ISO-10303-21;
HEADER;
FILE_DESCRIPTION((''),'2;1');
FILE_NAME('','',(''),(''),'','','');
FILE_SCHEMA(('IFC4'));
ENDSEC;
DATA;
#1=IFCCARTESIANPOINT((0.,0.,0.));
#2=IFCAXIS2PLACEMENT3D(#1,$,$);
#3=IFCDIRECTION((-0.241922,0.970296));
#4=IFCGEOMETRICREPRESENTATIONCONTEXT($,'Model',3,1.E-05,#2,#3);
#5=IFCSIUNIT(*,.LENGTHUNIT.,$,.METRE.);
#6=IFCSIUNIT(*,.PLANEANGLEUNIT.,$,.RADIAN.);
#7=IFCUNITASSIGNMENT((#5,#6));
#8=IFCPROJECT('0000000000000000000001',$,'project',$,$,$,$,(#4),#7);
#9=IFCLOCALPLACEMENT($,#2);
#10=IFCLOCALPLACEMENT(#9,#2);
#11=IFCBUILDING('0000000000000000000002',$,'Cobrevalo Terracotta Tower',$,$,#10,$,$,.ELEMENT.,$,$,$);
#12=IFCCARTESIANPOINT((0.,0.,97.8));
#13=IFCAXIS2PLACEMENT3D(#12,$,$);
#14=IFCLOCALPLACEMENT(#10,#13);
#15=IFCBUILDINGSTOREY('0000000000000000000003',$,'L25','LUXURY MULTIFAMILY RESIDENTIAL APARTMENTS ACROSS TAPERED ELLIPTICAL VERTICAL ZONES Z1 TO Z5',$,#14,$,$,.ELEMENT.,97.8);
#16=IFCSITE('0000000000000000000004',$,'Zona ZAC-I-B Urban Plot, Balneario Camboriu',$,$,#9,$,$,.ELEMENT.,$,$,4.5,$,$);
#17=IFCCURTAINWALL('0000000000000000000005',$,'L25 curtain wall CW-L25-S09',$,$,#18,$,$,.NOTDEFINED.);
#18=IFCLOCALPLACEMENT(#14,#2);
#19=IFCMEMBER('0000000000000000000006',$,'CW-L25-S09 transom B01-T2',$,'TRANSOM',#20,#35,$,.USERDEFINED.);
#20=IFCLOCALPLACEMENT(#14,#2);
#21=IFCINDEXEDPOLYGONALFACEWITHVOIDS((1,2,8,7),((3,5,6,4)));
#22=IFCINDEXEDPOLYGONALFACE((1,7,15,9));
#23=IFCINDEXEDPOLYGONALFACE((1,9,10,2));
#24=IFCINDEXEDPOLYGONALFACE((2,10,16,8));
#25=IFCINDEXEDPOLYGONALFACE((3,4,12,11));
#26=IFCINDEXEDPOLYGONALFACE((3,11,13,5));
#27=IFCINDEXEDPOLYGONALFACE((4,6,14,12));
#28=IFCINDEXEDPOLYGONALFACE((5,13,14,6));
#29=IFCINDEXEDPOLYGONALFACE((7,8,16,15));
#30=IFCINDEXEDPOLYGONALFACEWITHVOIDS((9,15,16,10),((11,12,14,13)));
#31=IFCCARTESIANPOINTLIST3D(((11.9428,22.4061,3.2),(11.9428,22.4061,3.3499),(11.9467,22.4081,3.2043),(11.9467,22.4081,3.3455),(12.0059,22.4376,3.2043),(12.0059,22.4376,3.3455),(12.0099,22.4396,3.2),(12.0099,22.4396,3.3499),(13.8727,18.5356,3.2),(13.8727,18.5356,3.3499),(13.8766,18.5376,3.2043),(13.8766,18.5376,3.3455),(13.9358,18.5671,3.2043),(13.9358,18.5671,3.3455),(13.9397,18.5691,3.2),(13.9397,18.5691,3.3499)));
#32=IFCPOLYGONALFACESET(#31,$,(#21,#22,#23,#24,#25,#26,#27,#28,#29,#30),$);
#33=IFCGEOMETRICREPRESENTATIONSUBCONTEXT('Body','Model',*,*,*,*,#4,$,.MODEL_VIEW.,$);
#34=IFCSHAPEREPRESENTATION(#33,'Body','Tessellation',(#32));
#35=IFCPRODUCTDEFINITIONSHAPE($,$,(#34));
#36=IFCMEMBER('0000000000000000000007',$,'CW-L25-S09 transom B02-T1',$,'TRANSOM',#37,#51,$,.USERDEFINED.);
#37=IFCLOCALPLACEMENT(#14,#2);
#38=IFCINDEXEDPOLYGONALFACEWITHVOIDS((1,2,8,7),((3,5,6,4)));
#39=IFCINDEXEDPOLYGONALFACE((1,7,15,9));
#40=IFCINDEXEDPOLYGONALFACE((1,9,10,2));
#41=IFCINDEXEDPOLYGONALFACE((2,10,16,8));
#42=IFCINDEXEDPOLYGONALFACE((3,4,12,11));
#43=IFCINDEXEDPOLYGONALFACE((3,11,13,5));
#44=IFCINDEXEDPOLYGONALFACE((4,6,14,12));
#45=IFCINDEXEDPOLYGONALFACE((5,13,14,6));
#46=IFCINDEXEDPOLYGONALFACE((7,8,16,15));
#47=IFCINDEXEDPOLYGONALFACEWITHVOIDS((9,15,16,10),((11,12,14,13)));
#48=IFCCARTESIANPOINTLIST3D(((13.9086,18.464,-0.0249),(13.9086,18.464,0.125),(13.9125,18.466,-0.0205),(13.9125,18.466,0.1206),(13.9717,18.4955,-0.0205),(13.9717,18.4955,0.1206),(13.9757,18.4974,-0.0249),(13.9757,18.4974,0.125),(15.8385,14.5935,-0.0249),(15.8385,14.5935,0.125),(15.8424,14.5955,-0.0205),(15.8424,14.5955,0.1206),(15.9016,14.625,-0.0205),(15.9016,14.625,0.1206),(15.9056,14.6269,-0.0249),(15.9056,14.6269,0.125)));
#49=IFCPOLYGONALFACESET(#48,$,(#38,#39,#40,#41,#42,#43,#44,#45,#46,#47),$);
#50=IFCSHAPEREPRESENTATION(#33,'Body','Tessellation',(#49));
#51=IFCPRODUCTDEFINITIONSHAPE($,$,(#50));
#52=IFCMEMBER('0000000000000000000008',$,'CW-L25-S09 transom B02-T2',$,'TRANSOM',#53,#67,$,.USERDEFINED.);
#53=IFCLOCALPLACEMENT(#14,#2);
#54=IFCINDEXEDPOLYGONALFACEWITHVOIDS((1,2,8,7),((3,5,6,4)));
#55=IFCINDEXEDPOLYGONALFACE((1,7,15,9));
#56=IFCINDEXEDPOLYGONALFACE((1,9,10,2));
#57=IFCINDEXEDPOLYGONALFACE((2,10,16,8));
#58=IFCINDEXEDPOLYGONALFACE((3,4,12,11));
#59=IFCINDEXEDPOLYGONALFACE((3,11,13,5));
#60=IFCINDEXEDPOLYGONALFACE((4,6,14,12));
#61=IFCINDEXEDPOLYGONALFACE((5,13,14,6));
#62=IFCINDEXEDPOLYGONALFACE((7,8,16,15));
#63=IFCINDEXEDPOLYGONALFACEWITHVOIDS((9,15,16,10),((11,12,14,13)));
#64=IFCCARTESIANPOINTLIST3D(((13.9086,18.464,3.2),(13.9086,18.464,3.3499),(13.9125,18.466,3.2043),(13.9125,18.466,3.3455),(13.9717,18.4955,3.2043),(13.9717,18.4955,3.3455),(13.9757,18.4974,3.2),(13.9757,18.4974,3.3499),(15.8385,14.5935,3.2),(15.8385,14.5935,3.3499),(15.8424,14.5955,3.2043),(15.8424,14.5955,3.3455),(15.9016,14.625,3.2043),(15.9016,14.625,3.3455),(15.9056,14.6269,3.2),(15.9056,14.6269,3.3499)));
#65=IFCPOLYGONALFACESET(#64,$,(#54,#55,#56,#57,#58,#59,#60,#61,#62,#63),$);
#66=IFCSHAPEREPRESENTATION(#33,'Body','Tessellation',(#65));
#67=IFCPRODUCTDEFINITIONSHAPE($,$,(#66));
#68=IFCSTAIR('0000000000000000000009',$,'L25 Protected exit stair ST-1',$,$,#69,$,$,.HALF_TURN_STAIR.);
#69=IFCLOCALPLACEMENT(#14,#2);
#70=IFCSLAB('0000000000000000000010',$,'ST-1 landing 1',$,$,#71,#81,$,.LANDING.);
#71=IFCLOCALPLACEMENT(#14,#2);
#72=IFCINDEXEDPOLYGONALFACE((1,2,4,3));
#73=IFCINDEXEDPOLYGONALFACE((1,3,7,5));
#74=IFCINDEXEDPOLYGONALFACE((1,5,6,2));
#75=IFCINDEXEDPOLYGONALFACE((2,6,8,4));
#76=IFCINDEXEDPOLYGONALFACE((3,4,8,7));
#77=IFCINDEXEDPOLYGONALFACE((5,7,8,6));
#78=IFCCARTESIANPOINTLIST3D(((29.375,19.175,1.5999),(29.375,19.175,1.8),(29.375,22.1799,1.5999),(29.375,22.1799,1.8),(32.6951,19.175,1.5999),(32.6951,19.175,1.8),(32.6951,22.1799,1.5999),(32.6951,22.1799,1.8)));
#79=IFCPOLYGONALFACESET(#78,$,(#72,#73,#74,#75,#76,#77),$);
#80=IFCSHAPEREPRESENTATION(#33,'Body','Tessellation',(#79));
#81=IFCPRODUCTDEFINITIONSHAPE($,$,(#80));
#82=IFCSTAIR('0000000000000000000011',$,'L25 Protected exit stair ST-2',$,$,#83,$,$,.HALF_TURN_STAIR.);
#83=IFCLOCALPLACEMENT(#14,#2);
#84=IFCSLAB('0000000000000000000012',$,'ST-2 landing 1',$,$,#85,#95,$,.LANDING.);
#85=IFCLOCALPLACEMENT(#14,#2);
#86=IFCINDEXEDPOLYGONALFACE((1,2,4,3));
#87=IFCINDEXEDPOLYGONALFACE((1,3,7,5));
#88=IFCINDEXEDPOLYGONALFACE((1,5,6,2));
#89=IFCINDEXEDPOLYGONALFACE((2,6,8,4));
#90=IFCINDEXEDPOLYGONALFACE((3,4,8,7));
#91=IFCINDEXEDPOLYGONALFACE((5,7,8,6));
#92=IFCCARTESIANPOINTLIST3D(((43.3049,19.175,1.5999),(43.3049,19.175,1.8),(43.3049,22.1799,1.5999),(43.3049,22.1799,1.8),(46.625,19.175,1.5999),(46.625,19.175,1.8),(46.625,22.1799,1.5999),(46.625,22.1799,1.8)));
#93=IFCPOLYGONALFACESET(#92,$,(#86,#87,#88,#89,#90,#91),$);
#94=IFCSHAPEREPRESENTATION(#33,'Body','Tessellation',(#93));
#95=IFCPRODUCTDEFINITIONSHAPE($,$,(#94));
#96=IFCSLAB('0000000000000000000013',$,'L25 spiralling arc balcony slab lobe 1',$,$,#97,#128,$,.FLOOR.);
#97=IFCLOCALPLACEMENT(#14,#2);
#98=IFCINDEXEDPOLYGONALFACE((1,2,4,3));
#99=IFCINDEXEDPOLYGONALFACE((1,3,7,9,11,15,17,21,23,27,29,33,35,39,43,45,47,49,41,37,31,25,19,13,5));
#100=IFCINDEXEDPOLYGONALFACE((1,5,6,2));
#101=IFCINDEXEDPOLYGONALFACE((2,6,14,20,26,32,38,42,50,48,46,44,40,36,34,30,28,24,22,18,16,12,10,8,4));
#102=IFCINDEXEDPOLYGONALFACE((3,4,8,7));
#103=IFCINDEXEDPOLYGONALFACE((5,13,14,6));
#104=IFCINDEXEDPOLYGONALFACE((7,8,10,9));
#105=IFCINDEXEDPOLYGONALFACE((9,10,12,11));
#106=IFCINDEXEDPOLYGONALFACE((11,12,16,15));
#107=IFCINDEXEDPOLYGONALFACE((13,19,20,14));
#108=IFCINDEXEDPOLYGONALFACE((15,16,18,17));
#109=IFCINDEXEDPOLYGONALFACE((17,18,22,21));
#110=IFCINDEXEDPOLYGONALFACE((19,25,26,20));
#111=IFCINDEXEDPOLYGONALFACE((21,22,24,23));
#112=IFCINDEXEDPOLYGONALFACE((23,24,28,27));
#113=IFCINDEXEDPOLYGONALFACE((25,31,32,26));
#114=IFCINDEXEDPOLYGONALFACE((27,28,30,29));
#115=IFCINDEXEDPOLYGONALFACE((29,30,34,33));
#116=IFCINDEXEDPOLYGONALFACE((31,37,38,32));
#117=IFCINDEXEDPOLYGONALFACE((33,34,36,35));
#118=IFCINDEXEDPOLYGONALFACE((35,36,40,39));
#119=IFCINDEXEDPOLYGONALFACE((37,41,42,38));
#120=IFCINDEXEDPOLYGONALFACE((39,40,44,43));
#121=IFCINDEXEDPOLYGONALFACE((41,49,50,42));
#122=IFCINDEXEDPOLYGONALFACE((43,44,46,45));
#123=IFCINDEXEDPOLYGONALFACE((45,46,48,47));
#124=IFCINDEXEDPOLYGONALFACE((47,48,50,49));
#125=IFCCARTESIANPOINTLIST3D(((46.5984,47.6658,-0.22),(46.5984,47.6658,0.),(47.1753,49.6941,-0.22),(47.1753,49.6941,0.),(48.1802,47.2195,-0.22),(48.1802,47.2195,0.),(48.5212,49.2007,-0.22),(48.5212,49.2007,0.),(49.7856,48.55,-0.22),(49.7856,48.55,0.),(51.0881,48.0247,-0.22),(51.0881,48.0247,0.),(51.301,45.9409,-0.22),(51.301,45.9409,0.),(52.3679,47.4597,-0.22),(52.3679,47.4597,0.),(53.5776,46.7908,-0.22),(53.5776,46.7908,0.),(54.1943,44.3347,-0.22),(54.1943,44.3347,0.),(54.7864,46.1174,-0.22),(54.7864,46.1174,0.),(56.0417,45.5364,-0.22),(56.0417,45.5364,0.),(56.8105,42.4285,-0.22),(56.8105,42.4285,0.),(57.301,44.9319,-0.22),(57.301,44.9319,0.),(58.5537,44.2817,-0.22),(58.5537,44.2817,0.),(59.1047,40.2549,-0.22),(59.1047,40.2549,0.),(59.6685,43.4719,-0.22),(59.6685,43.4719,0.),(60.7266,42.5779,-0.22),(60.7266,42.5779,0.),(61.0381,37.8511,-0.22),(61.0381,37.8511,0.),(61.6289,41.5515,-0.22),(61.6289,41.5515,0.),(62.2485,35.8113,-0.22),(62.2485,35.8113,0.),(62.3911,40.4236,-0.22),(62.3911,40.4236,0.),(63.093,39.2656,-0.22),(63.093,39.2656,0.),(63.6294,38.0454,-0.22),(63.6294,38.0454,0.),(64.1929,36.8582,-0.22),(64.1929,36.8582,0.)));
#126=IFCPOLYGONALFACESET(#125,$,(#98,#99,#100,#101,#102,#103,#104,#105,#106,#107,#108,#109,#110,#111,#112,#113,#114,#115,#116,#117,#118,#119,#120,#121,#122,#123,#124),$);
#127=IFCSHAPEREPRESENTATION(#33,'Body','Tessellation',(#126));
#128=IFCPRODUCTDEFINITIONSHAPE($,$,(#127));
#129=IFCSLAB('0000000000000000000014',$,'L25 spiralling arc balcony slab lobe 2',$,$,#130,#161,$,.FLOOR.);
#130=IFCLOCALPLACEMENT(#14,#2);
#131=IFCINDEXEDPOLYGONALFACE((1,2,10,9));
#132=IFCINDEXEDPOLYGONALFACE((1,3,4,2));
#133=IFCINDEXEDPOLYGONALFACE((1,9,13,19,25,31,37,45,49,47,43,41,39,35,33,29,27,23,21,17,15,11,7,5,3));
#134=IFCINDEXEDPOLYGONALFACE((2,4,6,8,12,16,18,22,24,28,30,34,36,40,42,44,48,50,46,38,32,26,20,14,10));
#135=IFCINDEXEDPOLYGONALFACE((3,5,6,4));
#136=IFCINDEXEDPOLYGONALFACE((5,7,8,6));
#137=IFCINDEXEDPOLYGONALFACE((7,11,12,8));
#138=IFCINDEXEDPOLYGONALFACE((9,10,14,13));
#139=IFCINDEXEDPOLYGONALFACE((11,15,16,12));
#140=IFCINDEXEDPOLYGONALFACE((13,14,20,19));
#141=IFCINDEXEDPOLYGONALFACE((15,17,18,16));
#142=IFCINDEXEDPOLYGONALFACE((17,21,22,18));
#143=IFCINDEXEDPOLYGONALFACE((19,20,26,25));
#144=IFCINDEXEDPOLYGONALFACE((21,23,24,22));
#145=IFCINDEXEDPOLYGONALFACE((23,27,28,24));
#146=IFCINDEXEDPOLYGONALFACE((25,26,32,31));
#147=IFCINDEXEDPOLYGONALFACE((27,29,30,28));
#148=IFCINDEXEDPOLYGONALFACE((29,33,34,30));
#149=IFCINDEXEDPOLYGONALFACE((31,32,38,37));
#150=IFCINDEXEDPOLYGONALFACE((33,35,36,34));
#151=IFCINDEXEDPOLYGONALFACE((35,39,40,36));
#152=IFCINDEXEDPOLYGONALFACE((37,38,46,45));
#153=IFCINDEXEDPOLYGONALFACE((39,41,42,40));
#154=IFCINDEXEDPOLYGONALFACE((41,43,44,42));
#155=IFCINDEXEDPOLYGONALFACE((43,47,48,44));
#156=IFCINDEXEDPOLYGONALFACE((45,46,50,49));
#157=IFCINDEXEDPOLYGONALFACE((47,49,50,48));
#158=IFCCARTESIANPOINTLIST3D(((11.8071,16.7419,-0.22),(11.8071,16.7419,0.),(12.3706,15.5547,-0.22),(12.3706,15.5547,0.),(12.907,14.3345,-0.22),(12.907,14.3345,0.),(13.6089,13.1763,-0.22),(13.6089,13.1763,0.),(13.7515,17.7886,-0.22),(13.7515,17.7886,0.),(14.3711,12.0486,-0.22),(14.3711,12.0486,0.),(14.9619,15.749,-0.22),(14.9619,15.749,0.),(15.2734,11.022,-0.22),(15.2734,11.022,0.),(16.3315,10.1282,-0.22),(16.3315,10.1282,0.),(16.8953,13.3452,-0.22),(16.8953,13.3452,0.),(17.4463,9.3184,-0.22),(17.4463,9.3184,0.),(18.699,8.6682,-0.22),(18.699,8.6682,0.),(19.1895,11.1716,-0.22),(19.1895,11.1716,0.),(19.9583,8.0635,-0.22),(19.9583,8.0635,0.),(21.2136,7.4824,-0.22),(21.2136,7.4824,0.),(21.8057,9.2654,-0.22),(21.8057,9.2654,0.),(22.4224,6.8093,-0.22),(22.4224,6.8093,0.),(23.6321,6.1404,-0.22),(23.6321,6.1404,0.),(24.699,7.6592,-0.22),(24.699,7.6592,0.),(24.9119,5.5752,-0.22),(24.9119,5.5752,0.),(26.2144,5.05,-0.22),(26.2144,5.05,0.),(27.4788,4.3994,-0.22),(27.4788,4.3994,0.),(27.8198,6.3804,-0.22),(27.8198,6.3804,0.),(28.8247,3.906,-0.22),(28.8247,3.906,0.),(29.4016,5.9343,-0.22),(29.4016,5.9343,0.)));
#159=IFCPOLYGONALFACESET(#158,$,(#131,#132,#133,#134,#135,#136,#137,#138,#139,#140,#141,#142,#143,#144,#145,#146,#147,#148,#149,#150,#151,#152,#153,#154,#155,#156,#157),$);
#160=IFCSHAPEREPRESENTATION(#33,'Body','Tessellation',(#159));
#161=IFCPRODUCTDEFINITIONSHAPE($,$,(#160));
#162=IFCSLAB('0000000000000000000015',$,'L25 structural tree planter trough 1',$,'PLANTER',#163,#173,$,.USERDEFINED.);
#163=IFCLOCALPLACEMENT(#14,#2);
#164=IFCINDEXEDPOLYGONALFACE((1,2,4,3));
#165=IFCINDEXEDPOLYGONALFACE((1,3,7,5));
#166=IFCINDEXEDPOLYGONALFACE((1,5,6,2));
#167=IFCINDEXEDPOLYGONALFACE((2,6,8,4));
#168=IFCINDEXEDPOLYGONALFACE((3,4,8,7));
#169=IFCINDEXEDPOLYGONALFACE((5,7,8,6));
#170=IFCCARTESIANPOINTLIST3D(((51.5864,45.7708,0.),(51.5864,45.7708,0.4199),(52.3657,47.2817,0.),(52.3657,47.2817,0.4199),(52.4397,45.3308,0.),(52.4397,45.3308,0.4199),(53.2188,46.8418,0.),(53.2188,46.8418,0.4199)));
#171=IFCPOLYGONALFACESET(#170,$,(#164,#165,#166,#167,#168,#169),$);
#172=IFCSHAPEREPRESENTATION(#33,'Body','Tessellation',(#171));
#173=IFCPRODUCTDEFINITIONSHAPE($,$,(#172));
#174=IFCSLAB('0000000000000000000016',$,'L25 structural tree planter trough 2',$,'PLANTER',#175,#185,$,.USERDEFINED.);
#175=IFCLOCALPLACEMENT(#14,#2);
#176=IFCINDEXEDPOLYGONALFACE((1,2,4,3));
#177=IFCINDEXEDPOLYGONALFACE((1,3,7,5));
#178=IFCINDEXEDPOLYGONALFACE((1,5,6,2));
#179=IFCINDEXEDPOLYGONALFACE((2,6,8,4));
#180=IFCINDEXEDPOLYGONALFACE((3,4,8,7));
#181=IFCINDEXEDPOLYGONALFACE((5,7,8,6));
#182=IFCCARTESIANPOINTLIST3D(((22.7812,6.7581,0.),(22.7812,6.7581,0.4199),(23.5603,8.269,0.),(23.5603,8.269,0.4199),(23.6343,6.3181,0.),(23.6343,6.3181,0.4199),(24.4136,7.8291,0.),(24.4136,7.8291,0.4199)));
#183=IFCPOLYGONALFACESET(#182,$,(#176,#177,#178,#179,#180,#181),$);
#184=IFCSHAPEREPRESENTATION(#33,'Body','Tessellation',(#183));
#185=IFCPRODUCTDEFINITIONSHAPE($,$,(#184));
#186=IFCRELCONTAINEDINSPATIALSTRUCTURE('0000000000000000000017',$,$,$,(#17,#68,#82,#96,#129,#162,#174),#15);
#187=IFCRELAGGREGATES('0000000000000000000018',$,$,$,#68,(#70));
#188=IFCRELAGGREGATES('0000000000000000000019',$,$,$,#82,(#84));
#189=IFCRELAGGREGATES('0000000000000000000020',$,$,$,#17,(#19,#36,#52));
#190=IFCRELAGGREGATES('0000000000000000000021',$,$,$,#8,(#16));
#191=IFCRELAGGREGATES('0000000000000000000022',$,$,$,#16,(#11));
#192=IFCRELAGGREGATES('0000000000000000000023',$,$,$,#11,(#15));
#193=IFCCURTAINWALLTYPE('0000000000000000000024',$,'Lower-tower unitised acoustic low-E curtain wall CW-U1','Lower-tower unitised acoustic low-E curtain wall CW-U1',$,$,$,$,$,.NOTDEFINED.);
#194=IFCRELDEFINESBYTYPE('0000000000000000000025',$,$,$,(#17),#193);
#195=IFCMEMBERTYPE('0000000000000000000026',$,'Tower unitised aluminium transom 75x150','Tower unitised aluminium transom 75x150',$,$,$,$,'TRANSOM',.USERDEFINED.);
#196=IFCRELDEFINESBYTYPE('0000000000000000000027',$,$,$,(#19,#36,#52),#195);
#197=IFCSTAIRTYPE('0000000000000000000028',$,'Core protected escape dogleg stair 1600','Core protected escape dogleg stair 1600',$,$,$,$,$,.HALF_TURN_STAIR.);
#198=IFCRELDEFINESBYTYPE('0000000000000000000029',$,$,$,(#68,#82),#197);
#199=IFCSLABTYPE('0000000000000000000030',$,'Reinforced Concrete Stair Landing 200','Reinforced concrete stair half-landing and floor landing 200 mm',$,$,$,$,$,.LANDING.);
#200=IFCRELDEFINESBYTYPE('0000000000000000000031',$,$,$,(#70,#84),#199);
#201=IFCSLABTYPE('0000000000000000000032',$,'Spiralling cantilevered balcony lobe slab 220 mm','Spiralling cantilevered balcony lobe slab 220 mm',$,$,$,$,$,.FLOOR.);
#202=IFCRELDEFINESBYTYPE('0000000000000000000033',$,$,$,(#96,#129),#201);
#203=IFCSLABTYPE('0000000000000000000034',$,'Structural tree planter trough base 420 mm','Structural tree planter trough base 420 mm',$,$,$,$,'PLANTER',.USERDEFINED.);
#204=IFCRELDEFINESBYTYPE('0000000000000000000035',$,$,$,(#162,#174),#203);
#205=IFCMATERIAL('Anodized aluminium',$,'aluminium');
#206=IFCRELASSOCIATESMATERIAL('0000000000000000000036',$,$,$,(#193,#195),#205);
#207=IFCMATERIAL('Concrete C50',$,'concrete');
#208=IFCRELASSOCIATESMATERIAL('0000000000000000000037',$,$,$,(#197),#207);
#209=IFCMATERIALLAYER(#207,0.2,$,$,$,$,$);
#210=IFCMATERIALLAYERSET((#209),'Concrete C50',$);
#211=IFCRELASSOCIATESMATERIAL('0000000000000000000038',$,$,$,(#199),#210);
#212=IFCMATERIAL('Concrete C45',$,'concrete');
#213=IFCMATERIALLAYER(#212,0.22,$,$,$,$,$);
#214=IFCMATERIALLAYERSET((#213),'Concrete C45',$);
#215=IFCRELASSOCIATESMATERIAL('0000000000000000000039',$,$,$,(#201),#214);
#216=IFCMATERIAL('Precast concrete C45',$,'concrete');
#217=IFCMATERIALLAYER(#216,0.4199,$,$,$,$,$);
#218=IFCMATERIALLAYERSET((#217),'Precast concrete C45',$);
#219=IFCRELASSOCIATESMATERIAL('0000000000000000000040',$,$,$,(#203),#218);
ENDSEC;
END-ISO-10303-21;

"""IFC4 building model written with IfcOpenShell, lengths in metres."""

from ifc_helpers import new_model, si_unit, direction, frame, origin, origin_2d, place, context, subcontext, project, spatial, polyline, hollow_rectangle, outline, extrude, source, transform, mapped, material, layer, layer_set, material_profile, profile_set, type_object, element, aggregate, save


model = new_model("IFC4")

# Units and contexts
model_context = context("Model", 3, precision=1e-05, world=origin(), true_north=direction((-0.241922, 0.970296)))
body_context = subcontext(model_context, "Body", "Model", "MODEL_VIEW")
ifc_project = project(units=[si_unit("LENGTHUNIT", "METRE"), si_unit("PLANEANGLEUNIT", "RADIAN")], contexts=[model_context])

# Site, building, storey
site_placement = place(None, origin())
site = spatial("IfcSite", under=ifc_project, at=site_placement, Name="Zona ZAC-I-B Urban Plot, Balneario Camboriu", CompositionType="ELEMENT", RefElevation=4.5)
building_placement = place(site_placement, origin())
building = spatial("IfcBuilding", under=site, at=building_placement, Name="Cobrevalo Terracotta Tower", CompositionType="ELEMENT")
storey_placement = place(building_placement, frame((0.0, 0.0, 97.8)))
storey = spatial("IfcBuildingStorey", under=building, at=storey_placement, Name="L25", Description="LUXURY MULTIFAMILY RESIDENTIAL APARTMENTS ACROSS TAPERED ELLIPTICAL VERTICAL ZONES Z1 TO Z5", CompositionType="ELEMENT", Elevation=97.8)

# Curtain wall, members
ifc_material_1 = material(Name="Anodized aluminium", Category="aluminium")
curtain_wall_type = type_object("IfcCurtainWallType", Name="Lower-tower unitised acoustic low-E curtain wall CW-U1", Description="Lower-tower unitised acoustic low-E curtain wall CW-U1", PredefinedType="NOTDEFINED", material=ifc_material_1)
curtain_wall_placement = place(storey_placement, origin())
curtain_wall = element("IfcCurtainWall", 1, at=curtain_wall_placement, inside=storey, type_object=curtain_wall_type, Name="L25 curtain wall CW-L25-S09", PredefinedType="NOTDEFINED")
ifc_material_profile_1 = material_profile(ifc_material_1, hollow_rectangle(XDim=0.075, YDim=0.1499, WallThickness=0.0044, at=origin_2d()), Name="CWT 75x150")
ifc_profile_set_1 = profile_set([ifc_material_profile_1], Name="Anodized aluminium")
member_type_1 = type_object("IfcMemberType", Name="Tower unitised aluminium transom 75x150", Description="Tower unitised aluminium transom 75x150", ElementType="TRANSOM", PredefinedType="USERDEFINED", material=ifc_profile_set_1)
shared_shape_1 = source(origin(), body_context, "Body", "SweptSolid", [
    extrude(hollow_rectangle(XDim=0.075, YDim=0.1499, WallThickness=0.0044, at=origin_2d()), origin(), (0.0, 0.0, 1.0), 4.325),
])
member_1_placement = place(storey_placement, frame((11.9763, 22.4229, 3.2749), z_axis=(0.44622, -0.894923, 0.0), x_axis=(0.894923, 0.44622, 0.0)))
member_1 = element("IfcMember", 2, at=member_1_placement, type_object=member_type_1, Name="CW-L25-S09 transom B01-T2", ObjectType="TRANSOM", PredefinedType="USERDEFINED", context=body_context, shape_type="MappedRepresentation", body=[
    mapped(shared_shape_1, transform((0.0, 0.0, 0.0), scale=1.0)),
])
member_2_placement = place(storey_placement, frame((13.9421, 18.4807, 0.05), z_axis=(0.44622, -0.894923, 0.0), x_axis=(0.894923, 0.44622, 0.0)))
member_2 = element("IfcMember", 3, at=member_2_placement, type_object=member_type_1, Name="CW-L25-S09 transom B02-T1", ObjectType="TRANSOM", PredefinedType="USERDEFINED", context=body_context, shape_type="MappedRepresentation", body=[
    mapped(shared_shape_1, transform((0.0, 0.0, 0.0), scale=1.0)),
])
member_3_placement = place(storey_placement, frame((13.9421, 18.4807, 3.2749), z_axis=(0.44622, -0.894923, 0.0), x_axis=(0.894923, 0.44622, 0.0)))
member_3 = element("IfcMember", 4, at=member_3_placement, type_object=member_type_1, Name="CW-L25-S09 transom B02-T2", ObjectType="TRANSOM", PredefinedType="USERDEFINED", context=body_context, shape_type="MappedRepresentation", body=[
    mapped(shared_shape_1, transform((0.0, 0.0, 0.0), scale=1.0)),
])

# Stairs, slabs
ifc_material_2 = material(Name="Concrete C50", Category="concrete")
stair_type = type_object("IfcStairType", Name="Core protected escape dogleg stair 1600", Description="Core protected escape dogleg stair 1600", PredefinedType="HALF_TURN_STAIR", material=ifc_material_2)
stair_1_placement = place(storey_placement, origin())
stair_1 = element("IfcStair", 5, at=stair_1_placement, inside=storey, type_object=stair_type, Name="L25 Protected exit stair ST-1", PredefinedType="HALF_TURN_STAIR")
ifc_layer_1 = layer(ifc_material_2, 0.2)
ifc_layer_set_1 = layer_set([ifc_layer_1], Name="Concrete C50")
slab_type_1 = type_object("IfcSlabType", Name="Reinforced Concrete Stair Landing 200", Description="Reinforced concrete stair half-landing and floor landing 200 mm", PredefinedType="LANDING", material=ifc_layer_set_1)
slab_1_placement = place(storey_placement, frame((0.0, 0.0, 1.5999)))
slab_1 = element("IfcSlab", 6, at=slab_1_placement, type_object=slab_type_1, Name="ST-1 landing 1", PredefinedType="LANDING", context=body_context, shape_type="SweptSolid", body=[
    extrude(outline(polyline([(29.375, 22.1799), (29.375, 19.175), (32.6951, 19.175), (32.6951, 22.1799), (29.375, 22.1799)])), origin(), (0.0, 0.0, 1.0), 0.2002),
])
aggregate(stair_1, [slab_1])
stair_2_placement = place(storey_placement, origin())
stair_2 = element("IfcStair", 7, at=stair_2_placement, inside=storey, type_object=stair_type, Name="L25 Protected exit stair ST-2", PredefinedType="HALF_TURN_STAIR")
slab_2_placement = place(storey_placement, frame((0.0, 0.0, 1.5999)))
slab_2 = element("IfcSlab", 8, at=slab_2_placement, type_object=slab_type_1, Name="ST-2 landing 1", PredefinedType="LANDING", context=body_context, shape_type="SweptSolid", body=[
    extrude(outline(polyline([(43.3049, 22.1799), (43.3049, 19.175), (46.625, 19.175), (46.625, 22.1799), (43.3049, 22.1799)])), origin(), (0.0, 0.0, 1.0), 0.2002),
])
aggregate(stair_2, [slab_2])

# Slabs
ifc_material_3 = material(Name="Concrete C45", Category="concrete")
ifc_layer_2 = layer(ifc_material_3, 0.22)
ifc_layer_set_2 = layer_set([ifc_layer_2], Name="Concrete C45")
slab_type_2 = type_object("IfcSlabType", Name="Spiralling cantilevered balcony lobe slab 220 mm", Description="Spiralling cantilevered balcony lobe slab 220 mm", PredefinedType="FLOOR", material=ifc_layer_set_2)
slab_3_placement = place(storey_placement, frame((0.0, 0.0, -0.22)))
element("IfcSlab", 9, at=slab_3_placement, inside=storey, type_object=slab_type_2, Name="L25 spiralling arc balcony slab lobe 1", PredefinedType="FLOOR", context=body_context, shape_type="SweptSolid", body=[
    extrude(outline(polyline([(64.1929, 36.8582), (63.6294, 38.0454), (63.093, 39.2656), (62.3911, 40.4236), (61.6289, 41.5515), (60.7266, 42.5779), (59.6685, 43.4719), (58.5537, 44.2817), (57.301, 44.9319), (56.0417, 45.5364), (54.7864, 46.1174), (53.5776, 46.7908), (52.3679, 47.4597), (51.0881, 48.0247), (49.7856, 48.55), (48.5212, 49.2007), (47.1753, 49.6941), (46.5984, 47.6658), (48.1802, 47.2195), (51.301, 45.9409), (54.1943, 44.3347), (56.8105, 42.4285), (59.1047, 40.2549), (61.0381, 37.8511), (62.2485, 35.8113), (64.1929, 36.8582)])), origin(), (0.0, 0.0, 1.0), 0.22),
])
slab_4_placement = place(storey_placement, frame((0.0, 0.0, -0.22)))
element("IfcSlab", 10, at=slab_4_placement, inside=storey, type_object=slab_type_2, Name="L25 spiralling arc balcony slab lobe 2", PredefinedType="FLOOR", context=body_context, shape_type="SweptSolid", body=[
    extrude(outline(polyline([(11.8071, 16.7419), (12.3706, 15.5547), (12.907, 14.3345), (13.6089, 13.1763), (14.3711, 12.0486), (15.2734, 11.022), (16.3315, 10.1282), (17.4463, 9.3184), (18.699, 8.6682), (19.9583, 8.0635), (21.2136, 7.4824), (22.4224, 6.8093), (23.6321, 6.1404), (24.9119, 5.5752), (26.2144, 5.05), (27.4788, 4.3994), (28.8247, 3.906), (29.4016, 5.9343), (27.8198, 6.3804), (24.699, 7.6592), (21.8057, 9.2654), (19.1895, 11.1716), (16.8953, 13.3452), (14.9619, 15.749), (13.7515, 17.7886), (11.8071, 16.7419)])), origin(), (0.0, 0.0, 1.0), 0.22),
])
ifc_material_4 = material(Name="Precast concrete C45", Category="concrete")
ifc_layer_3 = layer(ifc_material_4, 0.4199)
ifc_layer_set_3 = layer_set([ifc_layer_3], Name="Precast concrete C45")
slab_type_3 = type_object("IfcSlabType", Name="Structural tree planter trough base 420 mm", Description="Structural tree planter trough base 420 mm", ElementType="PLANTER", PredefinedType="USERDEFINED", material=ifc_layer_set_3)
slab_5_placement = place(storey_placement, origin())
element("IfcSlab", 11, at=slab_5_placement, inside=storey, type_object=slab_type_3, Name="L25 structural tree planter trough 1", ObjectType="PLANTER", PredefinedType="USERDEFINED", context=body_context, shape_type="SweptSolid", body=[
    extrude(outline(polyline([(52.4397, 45.3308), (53.2188, 46.8418), (52.3657, 47.2817), (51.5864, 45.7708), (52.4397, 45.3308)])), origin(), (0.0, 0.0, 1.0), 0.4199),
])
slab_6_placement = place(storey_placement, origin())
element("IfcSlab", 12, at=slab_6_placement, inside=storey, type_object=slab_type_3, Name="L25 structural tree planter trough 2", ObjectType="PLANTER", PredefinedType="USERDEFINED", context=body_context, shape_type="SweptSolid", body=[
    extrude(outline(polyline([(23.5603, 8.269), (22.7812, 6.7581), (23.6343, 6.3181), (24.4136, 7.8291), (23.5603, 8.269)])), origin(), (0.0, 0.0, 1.0), 0.4199),
])

aggregate(curtain_wall, [member_1, member_2, member_3])

save(model, "model.ifc")
